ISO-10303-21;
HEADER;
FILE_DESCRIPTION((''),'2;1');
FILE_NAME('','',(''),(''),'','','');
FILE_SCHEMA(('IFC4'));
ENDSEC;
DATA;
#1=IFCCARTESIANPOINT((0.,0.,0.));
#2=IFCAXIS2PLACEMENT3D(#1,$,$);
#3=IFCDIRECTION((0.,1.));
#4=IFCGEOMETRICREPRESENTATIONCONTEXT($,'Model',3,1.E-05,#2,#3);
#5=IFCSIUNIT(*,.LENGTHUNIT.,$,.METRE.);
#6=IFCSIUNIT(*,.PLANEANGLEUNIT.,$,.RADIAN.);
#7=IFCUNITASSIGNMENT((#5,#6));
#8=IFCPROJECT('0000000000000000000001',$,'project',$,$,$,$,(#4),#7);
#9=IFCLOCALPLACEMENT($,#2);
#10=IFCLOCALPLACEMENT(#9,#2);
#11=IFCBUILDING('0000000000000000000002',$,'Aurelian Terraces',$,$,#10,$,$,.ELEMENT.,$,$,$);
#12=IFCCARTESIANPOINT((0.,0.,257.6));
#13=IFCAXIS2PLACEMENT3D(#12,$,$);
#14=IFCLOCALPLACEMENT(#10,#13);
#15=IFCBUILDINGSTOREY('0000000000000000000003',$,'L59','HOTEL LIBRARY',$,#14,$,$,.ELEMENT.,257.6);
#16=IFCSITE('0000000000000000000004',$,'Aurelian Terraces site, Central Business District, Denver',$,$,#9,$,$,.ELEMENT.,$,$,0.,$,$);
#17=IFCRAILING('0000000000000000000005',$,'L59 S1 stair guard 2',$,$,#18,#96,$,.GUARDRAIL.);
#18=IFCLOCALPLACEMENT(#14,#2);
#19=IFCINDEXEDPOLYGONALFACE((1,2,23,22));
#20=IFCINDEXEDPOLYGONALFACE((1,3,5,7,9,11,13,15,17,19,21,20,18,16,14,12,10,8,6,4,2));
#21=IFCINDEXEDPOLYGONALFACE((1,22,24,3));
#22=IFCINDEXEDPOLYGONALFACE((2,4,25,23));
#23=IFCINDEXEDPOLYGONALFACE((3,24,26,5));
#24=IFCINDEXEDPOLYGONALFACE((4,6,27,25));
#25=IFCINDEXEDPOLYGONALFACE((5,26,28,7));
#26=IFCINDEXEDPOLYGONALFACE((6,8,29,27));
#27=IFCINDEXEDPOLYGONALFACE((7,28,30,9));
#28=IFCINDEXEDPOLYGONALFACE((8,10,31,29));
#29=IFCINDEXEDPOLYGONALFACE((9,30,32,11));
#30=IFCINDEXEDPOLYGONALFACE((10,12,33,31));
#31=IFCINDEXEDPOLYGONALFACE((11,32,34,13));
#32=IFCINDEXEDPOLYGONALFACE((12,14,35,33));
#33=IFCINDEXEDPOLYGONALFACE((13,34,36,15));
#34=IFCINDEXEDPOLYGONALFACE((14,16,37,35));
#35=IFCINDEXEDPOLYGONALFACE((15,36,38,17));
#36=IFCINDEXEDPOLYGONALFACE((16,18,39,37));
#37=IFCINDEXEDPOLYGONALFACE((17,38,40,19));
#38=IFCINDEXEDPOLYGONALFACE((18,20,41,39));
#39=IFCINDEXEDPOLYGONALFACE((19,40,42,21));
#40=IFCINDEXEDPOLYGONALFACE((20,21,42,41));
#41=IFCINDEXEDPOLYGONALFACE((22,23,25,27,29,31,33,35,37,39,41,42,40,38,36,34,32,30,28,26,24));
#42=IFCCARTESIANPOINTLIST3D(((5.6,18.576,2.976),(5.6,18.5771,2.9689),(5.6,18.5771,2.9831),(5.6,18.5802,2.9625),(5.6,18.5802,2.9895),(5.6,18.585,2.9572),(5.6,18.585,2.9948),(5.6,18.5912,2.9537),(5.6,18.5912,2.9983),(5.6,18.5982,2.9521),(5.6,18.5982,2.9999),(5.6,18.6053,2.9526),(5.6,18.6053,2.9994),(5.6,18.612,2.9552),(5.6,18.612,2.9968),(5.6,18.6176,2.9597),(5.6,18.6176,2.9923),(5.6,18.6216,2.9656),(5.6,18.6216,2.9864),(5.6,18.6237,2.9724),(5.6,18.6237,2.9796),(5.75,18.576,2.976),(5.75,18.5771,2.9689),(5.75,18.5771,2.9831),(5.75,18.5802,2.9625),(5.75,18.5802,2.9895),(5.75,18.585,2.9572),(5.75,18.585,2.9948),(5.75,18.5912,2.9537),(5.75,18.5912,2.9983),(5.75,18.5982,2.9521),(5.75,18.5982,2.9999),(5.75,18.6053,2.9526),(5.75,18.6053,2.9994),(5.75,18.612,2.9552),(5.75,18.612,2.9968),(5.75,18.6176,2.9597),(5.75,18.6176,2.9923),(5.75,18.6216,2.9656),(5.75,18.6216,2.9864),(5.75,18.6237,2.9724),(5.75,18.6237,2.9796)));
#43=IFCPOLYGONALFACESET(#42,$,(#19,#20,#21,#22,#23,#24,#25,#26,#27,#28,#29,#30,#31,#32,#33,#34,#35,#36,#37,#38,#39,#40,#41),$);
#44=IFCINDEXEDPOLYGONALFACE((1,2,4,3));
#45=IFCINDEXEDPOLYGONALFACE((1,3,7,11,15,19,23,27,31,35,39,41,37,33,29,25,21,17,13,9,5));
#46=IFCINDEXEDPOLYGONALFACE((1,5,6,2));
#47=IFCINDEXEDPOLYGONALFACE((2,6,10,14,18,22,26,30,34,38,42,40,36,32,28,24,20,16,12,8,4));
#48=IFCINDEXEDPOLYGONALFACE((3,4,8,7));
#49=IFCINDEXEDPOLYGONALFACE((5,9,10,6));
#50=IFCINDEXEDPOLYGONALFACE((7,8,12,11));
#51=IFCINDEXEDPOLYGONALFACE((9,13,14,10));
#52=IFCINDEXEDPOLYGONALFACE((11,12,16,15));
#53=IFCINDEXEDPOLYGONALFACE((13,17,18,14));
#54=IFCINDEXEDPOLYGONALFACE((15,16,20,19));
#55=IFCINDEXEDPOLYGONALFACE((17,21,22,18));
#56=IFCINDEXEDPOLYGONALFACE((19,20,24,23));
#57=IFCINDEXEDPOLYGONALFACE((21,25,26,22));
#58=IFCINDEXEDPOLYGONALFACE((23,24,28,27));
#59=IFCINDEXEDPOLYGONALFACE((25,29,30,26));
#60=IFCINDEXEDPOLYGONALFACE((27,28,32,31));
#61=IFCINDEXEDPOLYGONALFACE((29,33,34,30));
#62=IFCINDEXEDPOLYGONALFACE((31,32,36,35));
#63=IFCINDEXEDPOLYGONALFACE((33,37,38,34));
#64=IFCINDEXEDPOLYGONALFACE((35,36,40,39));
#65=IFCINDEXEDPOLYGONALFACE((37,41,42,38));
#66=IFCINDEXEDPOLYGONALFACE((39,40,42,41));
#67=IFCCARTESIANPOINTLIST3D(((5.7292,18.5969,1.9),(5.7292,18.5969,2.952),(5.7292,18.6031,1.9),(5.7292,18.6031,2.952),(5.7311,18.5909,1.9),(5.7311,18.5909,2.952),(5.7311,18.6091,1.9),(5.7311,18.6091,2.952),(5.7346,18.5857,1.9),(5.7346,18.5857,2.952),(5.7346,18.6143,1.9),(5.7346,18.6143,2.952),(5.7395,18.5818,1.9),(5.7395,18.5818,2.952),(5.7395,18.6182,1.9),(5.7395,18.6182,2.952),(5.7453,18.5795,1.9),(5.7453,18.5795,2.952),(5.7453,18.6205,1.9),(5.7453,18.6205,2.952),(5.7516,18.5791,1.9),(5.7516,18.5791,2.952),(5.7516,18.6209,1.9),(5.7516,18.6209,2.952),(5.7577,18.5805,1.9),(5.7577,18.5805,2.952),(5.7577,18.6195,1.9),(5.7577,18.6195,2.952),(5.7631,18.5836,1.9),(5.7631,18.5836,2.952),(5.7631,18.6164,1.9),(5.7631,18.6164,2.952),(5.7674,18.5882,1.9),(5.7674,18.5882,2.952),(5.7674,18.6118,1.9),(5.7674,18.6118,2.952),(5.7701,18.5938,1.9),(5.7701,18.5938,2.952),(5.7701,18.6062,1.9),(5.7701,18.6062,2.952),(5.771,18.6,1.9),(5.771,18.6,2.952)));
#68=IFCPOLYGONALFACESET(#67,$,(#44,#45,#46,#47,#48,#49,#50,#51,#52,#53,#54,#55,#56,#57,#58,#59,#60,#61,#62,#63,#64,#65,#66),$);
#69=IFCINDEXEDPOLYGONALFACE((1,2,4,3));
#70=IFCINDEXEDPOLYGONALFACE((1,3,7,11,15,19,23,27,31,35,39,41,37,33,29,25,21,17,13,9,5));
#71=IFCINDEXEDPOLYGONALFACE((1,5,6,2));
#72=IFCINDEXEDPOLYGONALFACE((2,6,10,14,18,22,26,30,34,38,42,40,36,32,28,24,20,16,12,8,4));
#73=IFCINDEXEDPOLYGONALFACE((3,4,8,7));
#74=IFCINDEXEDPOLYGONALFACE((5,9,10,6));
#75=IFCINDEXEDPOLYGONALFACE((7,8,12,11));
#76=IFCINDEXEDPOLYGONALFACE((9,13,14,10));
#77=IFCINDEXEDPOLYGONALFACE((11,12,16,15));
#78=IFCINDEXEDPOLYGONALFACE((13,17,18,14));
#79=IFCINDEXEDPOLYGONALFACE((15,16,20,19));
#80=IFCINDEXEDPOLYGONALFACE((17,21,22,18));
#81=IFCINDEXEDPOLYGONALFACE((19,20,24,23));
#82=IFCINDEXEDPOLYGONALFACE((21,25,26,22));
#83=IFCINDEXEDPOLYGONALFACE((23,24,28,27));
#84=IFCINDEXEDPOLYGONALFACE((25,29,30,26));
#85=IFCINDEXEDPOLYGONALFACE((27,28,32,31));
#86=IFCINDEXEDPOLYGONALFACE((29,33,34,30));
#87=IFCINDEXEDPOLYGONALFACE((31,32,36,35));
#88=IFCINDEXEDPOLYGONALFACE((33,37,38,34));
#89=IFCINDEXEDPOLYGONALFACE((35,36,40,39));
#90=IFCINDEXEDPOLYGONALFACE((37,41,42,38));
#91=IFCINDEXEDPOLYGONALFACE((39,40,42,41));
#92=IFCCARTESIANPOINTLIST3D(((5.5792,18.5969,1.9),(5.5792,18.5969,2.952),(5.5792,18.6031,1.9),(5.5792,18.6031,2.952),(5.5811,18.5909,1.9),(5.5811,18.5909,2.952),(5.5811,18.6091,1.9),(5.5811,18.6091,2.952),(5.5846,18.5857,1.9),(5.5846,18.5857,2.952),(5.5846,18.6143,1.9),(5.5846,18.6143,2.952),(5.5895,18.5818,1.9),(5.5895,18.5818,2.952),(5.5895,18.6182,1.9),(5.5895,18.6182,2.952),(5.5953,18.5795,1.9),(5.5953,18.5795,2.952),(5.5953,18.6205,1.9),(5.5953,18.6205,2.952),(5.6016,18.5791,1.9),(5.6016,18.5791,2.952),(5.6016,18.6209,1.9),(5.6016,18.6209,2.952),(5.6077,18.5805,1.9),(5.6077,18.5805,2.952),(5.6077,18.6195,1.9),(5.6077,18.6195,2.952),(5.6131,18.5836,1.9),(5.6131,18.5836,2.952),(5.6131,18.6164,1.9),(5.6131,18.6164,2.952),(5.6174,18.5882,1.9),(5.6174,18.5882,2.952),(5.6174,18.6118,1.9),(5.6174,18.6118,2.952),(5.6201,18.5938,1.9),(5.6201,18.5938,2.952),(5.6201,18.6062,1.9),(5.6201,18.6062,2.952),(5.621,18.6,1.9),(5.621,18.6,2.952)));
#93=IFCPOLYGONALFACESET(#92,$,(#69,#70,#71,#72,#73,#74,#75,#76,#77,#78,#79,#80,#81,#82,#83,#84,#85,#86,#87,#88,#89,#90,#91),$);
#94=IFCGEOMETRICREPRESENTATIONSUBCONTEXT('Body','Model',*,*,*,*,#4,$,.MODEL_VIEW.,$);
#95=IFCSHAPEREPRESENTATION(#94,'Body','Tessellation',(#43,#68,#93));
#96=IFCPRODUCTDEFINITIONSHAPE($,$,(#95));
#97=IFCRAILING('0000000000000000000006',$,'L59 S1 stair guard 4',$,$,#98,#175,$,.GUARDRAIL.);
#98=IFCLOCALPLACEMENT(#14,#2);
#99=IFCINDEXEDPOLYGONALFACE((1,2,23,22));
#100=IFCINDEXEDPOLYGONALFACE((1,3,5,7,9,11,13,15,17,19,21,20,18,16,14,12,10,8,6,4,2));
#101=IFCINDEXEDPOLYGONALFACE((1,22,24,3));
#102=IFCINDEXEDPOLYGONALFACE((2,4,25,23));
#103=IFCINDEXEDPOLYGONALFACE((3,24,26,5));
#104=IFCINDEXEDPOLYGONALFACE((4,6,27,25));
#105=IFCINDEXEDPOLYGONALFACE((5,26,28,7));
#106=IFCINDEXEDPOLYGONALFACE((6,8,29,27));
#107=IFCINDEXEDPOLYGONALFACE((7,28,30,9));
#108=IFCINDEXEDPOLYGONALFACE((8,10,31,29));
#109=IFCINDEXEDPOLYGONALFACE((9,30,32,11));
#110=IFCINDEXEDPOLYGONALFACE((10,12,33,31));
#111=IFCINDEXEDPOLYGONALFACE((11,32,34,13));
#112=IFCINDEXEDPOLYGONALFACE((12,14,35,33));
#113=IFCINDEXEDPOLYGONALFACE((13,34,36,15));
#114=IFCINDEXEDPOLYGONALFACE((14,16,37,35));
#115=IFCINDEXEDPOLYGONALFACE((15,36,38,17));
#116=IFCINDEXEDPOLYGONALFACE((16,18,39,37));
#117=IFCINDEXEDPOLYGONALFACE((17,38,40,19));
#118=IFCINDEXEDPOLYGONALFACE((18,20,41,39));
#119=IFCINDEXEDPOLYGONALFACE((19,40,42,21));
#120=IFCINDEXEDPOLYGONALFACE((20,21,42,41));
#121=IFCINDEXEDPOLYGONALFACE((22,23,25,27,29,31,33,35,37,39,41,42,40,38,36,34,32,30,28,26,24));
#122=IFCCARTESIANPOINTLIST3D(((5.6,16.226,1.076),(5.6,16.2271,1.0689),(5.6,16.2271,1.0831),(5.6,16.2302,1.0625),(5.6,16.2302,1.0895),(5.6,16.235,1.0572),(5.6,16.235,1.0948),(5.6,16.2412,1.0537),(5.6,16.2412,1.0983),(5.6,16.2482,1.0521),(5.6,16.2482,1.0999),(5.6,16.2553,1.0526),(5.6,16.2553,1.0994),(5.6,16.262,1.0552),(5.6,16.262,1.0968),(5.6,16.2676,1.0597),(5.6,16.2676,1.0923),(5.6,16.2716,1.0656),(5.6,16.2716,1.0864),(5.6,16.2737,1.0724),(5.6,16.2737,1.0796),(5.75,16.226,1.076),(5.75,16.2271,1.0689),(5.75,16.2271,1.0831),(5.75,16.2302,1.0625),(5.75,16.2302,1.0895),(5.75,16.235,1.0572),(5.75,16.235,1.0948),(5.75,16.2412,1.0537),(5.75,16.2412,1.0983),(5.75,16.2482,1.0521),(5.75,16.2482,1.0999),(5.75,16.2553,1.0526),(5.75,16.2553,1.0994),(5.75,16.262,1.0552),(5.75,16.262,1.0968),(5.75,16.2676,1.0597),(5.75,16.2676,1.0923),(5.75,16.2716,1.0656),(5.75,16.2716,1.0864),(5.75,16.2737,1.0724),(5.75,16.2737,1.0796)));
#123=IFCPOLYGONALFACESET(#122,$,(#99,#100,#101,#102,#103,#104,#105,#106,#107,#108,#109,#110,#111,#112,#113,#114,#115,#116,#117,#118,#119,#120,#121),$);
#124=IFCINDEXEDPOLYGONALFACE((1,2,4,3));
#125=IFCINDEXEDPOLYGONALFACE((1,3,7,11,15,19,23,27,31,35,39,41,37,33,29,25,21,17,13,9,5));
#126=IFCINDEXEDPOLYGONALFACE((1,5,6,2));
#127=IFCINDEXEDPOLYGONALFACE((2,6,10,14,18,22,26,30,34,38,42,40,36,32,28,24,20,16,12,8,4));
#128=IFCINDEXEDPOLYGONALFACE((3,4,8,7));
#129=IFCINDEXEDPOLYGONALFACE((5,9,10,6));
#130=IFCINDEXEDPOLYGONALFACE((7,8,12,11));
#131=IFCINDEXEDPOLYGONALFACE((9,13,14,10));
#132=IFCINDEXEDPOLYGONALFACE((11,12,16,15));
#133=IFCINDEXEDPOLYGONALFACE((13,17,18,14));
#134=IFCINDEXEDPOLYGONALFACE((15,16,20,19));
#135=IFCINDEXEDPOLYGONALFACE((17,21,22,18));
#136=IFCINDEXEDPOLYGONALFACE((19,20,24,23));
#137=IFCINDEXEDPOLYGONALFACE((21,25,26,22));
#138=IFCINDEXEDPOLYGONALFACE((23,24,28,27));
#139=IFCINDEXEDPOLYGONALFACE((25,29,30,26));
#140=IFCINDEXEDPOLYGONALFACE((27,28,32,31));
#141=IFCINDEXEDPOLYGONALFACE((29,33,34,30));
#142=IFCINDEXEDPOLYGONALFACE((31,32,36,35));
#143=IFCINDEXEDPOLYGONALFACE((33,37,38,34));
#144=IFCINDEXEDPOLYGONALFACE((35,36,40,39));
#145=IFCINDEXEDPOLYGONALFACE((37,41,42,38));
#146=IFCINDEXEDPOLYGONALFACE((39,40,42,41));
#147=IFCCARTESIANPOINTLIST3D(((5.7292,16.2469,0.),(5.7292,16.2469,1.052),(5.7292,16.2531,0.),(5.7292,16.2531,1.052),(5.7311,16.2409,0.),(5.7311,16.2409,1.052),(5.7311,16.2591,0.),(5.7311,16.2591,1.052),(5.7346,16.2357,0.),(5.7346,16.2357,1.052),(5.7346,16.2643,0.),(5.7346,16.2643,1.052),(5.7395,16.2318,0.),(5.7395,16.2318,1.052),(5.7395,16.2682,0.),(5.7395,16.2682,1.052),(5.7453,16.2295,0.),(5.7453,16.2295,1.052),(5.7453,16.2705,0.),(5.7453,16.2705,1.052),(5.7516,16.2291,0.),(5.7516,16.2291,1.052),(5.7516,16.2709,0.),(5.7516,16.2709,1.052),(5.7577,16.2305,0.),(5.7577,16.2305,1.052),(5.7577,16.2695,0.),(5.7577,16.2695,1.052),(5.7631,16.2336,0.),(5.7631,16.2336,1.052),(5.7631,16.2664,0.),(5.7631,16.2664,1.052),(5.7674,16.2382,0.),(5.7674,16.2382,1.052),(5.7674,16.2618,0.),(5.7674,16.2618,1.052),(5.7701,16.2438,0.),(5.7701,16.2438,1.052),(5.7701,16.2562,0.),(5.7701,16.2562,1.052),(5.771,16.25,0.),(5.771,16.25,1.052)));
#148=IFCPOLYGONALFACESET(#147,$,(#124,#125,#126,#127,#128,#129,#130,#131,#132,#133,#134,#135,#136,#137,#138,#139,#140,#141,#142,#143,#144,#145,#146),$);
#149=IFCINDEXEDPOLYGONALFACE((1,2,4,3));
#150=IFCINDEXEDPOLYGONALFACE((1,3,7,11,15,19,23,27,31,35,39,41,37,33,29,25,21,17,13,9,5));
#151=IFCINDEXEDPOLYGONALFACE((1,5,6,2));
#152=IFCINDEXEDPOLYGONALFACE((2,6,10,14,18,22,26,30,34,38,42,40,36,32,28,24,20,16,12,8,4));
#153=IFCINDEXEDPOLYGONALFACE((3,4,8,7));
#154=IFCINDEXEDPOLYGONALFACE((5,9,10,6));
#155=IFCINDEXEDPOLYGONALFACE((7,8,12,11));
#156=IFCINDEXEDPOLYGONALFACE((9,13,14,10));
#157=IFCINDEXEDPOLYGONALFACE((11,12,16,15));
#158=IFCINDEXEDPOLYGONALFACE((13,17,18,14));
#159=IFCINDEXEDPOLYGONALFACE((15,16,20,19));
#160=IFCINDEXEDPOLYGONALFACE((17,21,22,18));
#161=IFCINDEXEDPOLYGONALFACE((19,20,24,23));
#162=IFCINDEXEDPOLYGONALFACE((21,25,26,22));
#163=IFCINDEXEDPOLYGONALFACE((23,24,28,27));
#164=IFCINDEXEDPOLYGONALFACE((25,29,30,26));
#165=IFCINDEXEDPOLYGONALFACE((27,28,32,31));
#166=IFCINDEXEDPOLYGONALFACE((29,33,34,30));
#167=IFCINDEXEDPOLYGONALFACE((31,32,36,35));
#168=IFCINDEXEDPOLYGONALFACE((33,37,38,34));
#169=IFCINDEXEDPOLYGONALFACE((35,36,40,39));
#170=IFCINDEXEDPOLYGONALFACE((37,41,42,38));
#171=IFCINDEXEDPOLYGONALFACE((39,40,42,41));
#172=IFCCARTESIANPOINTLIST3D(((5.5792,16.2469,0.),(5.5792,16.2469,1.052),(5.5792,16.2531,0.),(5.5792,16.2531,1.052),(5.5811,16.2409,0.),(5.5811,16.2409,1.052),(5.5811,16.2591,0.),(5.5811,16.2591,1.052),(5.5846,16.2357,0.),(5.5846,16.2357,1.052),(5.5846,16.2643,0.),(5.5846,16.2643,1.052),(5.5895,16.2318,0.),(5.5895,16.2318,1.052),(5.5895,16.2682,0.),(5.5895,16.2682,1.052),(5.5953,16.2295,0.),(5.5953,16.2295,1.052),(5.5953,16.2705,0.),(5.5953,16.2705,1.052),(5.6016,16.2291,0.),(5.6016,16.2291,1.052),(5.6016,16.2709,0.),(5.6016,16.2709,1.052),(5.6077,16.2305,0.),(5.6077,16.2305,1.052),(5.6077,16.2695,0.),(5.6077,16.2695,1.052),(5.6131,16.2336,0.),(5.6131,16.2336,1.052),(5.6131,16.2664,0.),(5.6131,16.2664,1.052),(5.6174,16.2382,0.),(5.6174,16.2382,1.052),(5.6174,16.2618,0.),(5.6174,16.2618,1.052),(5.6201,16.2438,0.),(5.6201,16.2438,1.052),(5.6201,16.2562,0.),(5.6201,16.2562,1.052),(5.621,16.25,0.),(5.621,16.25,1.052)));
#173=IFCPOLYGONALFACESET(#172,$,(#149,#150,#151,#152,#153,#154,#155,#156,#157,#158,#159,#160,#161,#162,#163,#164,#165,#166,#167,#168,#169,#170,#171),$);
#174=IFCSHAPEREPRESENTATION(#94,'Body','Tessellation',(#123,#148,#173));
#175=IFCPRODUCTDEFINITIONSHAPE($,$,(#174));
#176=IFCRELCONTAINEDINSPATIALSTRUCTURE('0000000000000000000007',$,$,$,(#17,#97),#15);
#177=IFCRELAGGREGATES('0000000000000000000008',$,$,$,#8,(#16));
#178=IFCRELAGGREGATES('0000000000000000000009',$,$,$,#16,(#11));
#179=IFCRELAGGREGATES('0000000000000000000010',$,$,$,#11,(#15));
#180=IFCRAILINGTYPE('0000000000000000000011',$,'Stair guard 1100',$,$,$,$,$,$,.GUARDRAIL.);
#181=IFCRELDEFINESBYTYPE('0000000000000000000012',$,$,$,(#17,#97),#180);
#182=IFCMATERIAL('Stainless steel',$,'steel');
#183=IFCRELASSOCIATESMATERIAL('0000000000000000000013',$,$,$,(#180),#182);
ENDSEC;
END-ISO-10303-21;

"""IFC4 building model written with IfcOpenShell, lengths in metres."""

from ifc_helpers import new_model, si_unit, direction, frame, origin, origin_2d, place, context, subcontext, project, spatial, circle, extrude, source, transform, mapped, material, type_object, element, save


model = new_model("IFC4")

# Units and contexts
model_context = context("Model", 3, precision=1e-05, world=origin(), true_north=direction((0.0, 1.0)))
body_context = subcontext(model_context, "Body", "Model", "MODEL_VIEW")
ifc_project = project(units=[si_unit("LENGTHUNIT", "METRE"), si_unit("PLANEANGLEUNIT", "RADIAN")], contexts=[model_context])

# Site, building, storey
site_placement = place(None, origin())
site = spatial("IfcSite", under=ifc_project, at=site_placement, Name="Aurelian Terraces site, Central Business District, Denver", CompositionType="ELEMENT", RefElevation=0.0)
building_placement = place(site_placement, origin())
building = spatial("IfcBuilding", under=site, at=building_placement, Name="Aurelian Terraces", CompositionType="ELEMENT")
storey_placement = place(building_placement, frame((0.0, 0.0, 257.6)))
storey = spatial("IfcBuildingStorey", under=building, at=storey_placement, Name="L59", Description="HOTEL LIBRARY", CompositionType="ELEMENT", Elevation=257.6)

# Railings
ifc_material_1 = material(Name="Stainless steel", Category="steel")
railing_type_1 = type_object("IfcRailingType", Name="Stair guard 1100", PredefinedType="GUARDRAIL", material=ifc_material_1)
shared_shape_1 = source(origin(), body_context, "Body", "SweptSolid", [
    extrude(circle(Radius=0.024, at=origin_2d()), frame((0.0, 0.0, 1.076), z_axis=(-1.0, 0.0, 0.0), x_axis=(0.0, -1.0, 0.0)), (0.0, 0.0, 1.0), 0.15),
    extrude(circle(Radius=0.021, at=origin_2d()), origin(), (0.0, 0.0, 1.0), 1.052),
    extrude(circle(Radius=0.021, at=origin_2d()), frame((-0.15, 0.0, 0.0)), (0.0, 0.0, 1.0), 1.052),
])
for number, where, name in (
    (1, (5.75, 18.6, 1.9), "L59 S1 stair guard 2"),
    (2, (5.75, 16.25, 0.0), "L59 S1 stair guard 4"),
):
    element("IfcRailing", number, at=place(storey_placement, frame(where)), inside=storey, type_object=railing_type_1, Name=name, PredefinedType="GUARDRAIL", context=body_context, shape_type="MappedRepresentation", body=[
        mapped(shared_shape_1, transform((0.0, 0.0, 0.0), scale=1.0)),
    ])

save(model, "model.ifc")
